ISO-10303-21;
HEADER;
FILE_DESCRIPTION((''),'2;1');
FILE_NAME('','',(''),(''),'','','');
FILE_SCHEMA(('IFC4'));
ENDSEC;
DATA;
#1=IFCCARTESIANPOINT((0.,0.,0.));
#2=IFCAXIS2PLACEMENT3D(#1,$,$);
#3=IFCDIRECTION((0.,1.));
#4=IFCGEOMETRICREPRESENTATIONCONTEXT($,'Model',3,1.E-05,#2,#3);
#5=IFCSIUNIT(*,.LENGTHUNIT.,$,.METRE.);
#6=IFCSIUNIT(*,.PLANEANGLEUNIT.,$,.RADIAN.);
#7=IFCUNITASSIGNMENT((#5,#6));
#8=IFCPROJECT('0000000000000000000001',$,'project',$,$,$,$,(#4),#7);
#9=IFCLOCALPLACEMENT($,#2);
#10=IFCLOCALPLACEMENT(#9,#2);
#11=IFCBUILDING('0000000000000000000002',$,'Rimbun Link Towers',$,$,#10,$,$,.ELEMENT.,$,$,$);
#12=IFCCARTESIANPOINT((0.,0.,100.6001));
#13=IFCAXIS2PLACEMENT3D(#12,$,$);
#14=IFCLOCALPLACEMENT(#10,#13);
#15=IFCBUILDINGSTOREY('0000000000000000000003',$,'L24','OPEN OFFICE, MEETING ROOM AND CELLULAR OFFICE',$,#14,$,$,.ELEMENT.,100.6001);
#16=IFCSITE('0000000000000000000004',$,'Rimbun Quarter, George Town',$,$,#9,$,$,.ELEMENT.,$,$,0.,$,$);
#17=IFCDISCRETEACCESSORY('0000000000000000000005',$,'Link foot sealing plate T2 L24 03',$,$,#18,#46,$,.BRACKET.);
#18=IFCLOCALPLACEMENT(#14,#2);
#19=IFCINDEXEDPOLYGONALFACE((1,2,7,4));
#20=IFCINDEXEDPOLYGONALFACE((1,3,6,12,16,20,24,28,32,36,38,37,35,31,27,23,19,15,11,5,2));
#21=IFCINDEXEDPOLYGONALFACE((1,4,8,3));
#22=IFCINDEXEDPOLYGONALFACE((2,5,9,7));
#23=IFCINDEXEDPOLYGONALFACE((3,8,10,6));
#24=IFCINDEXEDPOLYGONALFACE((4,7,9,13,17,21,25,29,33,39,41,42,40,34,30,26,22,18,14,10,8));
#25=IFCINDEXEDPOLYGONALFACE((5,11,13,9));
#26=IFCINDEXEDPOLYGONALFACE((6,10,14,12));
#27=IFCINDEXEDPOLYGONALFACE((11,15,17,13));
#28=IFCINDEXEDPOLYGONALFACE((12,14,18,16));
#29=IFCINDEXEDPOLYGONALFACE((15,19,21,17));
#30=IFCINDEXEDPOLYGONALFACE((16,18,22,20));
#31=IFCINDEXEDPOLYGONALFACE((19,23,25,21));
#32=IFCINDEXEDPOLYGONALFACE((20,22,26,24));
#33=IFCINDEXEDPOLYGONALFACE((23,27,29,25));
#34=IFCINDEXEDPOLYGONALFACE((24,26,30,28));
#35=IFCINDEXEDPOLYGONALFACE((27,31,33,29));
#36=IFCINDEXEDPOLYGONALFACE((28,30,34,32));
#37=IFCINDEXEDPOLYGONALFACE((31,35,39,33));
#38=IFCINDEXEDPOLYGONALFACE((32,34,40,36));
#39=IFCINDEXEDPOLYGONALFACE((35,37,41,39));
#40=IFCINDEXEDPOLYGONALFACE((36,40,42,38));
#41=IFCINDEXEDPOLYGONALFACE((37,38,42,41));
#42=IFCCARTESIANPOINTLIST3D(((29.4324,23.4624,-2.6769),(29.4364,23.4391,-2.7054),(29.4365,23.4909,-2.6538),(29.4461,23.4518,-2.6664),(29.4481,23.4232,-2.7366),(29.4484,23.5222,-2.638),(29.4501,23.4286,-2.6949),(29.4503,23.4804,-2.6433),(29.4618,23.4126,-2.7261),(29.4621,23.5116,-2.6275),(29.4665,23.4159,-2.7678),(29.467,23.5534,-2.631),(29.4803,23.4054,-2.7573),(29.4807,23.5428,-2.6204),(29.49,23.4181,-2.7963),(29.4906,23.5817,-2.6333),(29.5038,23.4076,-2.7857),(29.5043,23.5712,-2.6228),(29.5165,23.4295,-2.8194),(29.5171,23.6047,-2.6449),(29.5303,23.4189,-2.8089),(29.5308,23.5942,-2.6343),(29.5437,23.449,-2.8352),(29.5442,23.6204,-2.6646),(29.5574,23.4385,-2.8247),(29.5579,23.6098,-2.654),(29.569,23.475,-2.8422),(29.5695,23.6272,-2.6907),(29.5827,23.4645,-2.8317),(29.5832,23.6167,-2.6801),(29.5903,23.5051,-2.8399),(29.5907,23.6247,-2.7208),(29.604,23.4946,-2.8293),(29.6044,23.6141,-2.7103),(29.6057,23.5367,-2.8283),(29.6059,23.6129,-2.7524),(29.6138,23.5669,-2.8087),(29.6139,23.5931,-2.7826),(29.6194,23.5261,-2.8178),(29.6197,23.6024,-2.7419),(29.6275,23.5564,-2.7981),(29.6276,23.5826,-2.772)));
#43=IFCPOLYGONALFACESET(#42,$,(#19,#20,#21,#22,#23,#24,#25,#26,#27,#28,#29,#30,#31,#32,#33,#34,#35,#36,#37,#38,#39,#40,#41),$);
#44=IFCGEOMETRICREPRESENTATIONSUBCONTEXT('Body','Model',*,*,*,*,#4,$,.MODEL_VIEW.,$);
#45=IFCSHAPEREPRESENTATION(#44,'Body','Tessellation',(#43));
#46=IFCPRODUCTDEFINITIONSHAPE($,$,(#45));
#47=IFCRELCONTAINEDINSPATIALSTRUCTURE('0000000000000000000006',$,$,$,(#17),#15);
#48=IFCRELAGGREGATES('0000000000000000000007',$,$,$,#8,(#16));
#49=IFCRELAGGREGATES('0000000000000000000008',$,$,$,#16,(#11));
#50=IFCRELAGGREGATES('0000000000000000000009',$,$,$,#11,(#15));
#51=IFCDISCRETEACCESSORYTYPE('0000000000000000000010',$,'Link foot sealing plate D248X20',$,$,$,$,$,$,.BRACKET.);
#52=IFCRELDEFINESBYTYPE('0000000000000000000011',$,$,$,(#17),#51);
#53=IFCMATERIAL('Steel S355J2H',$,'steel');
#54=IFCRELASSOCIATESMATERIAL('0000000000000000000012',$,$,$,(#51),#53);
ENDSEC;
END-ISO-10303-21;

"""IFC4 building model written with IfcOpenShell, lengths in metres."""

from ifc_helpers import new_model, si_unit, direction, frame, origin, origin_2d, place, context, subcontext, project, spatial, circle, extrude, material, material_profile, profile_set, type_object, element, save


model = new_model("IFC4")

# Units and contexts
model_context = context("Model", 3, precision=1e-05, world=origin(), true_north=direction((0.0, 1.0)))
body_context = subcontext(model_context, "Body", "Model", "MODEL_VIEW")
ifc_project = project(units=[si_unit("LENGTHUNIT", "METRE"), si_unit("PLANEANGLEUNIT", "RADIAN")], contexts=[model_context])

# Site, building, storey
site_placement = place(None, origin())
site = spatial("IfcSite", under=ifc_project, at=site_placement, Name="Rimbun Quarter, George Town", CompositionType="ELEMENT", RefElevation=0.0)
building_placement = place(site_placement, origin())
building = spatial("IfcBuilding", under=site, at=building_placement, Name="Rimbun Link Towers", CompositionType="ELEMENT")
storey_placement = place(building_placement, frame((0.0, 0.0, 100.6001)))
storey = spatial("IfcBuildingStorey", under=building, at=storey_placement, Name="L24", Description="OPEN OFFICE, MEETING ROOM AND CELLULAR OFFICE", CompositionType="ELEMENT", Elevation=100.6001)

# Discrete accessory
ifc_material_1 = material(Name="Steel S355J2H", Category="steel")
ifc_material_profile_1 = material_profile(ifc_material_1, circle(Radius=0.124, at=origin_2d()), Name="PL D248")
ifc_profile_set_1 = profile_set([ifc_material_profile_1], Name="Steel S355J2H")
discrete_accessory_type = type_object("IfcDiscreteAccessoryType", Name="Link foot sealing plate D248X20", PredefinedType="BRACKET", material=ifc_profile_set_1)
discrete_accessory_1_placement = place(storey_placement, frame((29.5374, 23.511, -2.7261), z_axis=(-0.677408, 0.520153, -0.520153), x_axis=(-0.609026, -0.79315, 0.0)))
element("IfcDiscreteAccessory", 1, at=discrete_accessory_1_placement, inside=storey, type_object=discrete_accessory_type, Name="Link foot sealing plate T2 L24 03", PredefinedType="BRACKET", context=body_context, shape_type="SweptSolid", body=[
    extrude(circle(Radius=0.124, at=origin_2d()), origin(), (0.0, 0.0, 1.0), 0.0203),
])

save(model, "model.ifc")
